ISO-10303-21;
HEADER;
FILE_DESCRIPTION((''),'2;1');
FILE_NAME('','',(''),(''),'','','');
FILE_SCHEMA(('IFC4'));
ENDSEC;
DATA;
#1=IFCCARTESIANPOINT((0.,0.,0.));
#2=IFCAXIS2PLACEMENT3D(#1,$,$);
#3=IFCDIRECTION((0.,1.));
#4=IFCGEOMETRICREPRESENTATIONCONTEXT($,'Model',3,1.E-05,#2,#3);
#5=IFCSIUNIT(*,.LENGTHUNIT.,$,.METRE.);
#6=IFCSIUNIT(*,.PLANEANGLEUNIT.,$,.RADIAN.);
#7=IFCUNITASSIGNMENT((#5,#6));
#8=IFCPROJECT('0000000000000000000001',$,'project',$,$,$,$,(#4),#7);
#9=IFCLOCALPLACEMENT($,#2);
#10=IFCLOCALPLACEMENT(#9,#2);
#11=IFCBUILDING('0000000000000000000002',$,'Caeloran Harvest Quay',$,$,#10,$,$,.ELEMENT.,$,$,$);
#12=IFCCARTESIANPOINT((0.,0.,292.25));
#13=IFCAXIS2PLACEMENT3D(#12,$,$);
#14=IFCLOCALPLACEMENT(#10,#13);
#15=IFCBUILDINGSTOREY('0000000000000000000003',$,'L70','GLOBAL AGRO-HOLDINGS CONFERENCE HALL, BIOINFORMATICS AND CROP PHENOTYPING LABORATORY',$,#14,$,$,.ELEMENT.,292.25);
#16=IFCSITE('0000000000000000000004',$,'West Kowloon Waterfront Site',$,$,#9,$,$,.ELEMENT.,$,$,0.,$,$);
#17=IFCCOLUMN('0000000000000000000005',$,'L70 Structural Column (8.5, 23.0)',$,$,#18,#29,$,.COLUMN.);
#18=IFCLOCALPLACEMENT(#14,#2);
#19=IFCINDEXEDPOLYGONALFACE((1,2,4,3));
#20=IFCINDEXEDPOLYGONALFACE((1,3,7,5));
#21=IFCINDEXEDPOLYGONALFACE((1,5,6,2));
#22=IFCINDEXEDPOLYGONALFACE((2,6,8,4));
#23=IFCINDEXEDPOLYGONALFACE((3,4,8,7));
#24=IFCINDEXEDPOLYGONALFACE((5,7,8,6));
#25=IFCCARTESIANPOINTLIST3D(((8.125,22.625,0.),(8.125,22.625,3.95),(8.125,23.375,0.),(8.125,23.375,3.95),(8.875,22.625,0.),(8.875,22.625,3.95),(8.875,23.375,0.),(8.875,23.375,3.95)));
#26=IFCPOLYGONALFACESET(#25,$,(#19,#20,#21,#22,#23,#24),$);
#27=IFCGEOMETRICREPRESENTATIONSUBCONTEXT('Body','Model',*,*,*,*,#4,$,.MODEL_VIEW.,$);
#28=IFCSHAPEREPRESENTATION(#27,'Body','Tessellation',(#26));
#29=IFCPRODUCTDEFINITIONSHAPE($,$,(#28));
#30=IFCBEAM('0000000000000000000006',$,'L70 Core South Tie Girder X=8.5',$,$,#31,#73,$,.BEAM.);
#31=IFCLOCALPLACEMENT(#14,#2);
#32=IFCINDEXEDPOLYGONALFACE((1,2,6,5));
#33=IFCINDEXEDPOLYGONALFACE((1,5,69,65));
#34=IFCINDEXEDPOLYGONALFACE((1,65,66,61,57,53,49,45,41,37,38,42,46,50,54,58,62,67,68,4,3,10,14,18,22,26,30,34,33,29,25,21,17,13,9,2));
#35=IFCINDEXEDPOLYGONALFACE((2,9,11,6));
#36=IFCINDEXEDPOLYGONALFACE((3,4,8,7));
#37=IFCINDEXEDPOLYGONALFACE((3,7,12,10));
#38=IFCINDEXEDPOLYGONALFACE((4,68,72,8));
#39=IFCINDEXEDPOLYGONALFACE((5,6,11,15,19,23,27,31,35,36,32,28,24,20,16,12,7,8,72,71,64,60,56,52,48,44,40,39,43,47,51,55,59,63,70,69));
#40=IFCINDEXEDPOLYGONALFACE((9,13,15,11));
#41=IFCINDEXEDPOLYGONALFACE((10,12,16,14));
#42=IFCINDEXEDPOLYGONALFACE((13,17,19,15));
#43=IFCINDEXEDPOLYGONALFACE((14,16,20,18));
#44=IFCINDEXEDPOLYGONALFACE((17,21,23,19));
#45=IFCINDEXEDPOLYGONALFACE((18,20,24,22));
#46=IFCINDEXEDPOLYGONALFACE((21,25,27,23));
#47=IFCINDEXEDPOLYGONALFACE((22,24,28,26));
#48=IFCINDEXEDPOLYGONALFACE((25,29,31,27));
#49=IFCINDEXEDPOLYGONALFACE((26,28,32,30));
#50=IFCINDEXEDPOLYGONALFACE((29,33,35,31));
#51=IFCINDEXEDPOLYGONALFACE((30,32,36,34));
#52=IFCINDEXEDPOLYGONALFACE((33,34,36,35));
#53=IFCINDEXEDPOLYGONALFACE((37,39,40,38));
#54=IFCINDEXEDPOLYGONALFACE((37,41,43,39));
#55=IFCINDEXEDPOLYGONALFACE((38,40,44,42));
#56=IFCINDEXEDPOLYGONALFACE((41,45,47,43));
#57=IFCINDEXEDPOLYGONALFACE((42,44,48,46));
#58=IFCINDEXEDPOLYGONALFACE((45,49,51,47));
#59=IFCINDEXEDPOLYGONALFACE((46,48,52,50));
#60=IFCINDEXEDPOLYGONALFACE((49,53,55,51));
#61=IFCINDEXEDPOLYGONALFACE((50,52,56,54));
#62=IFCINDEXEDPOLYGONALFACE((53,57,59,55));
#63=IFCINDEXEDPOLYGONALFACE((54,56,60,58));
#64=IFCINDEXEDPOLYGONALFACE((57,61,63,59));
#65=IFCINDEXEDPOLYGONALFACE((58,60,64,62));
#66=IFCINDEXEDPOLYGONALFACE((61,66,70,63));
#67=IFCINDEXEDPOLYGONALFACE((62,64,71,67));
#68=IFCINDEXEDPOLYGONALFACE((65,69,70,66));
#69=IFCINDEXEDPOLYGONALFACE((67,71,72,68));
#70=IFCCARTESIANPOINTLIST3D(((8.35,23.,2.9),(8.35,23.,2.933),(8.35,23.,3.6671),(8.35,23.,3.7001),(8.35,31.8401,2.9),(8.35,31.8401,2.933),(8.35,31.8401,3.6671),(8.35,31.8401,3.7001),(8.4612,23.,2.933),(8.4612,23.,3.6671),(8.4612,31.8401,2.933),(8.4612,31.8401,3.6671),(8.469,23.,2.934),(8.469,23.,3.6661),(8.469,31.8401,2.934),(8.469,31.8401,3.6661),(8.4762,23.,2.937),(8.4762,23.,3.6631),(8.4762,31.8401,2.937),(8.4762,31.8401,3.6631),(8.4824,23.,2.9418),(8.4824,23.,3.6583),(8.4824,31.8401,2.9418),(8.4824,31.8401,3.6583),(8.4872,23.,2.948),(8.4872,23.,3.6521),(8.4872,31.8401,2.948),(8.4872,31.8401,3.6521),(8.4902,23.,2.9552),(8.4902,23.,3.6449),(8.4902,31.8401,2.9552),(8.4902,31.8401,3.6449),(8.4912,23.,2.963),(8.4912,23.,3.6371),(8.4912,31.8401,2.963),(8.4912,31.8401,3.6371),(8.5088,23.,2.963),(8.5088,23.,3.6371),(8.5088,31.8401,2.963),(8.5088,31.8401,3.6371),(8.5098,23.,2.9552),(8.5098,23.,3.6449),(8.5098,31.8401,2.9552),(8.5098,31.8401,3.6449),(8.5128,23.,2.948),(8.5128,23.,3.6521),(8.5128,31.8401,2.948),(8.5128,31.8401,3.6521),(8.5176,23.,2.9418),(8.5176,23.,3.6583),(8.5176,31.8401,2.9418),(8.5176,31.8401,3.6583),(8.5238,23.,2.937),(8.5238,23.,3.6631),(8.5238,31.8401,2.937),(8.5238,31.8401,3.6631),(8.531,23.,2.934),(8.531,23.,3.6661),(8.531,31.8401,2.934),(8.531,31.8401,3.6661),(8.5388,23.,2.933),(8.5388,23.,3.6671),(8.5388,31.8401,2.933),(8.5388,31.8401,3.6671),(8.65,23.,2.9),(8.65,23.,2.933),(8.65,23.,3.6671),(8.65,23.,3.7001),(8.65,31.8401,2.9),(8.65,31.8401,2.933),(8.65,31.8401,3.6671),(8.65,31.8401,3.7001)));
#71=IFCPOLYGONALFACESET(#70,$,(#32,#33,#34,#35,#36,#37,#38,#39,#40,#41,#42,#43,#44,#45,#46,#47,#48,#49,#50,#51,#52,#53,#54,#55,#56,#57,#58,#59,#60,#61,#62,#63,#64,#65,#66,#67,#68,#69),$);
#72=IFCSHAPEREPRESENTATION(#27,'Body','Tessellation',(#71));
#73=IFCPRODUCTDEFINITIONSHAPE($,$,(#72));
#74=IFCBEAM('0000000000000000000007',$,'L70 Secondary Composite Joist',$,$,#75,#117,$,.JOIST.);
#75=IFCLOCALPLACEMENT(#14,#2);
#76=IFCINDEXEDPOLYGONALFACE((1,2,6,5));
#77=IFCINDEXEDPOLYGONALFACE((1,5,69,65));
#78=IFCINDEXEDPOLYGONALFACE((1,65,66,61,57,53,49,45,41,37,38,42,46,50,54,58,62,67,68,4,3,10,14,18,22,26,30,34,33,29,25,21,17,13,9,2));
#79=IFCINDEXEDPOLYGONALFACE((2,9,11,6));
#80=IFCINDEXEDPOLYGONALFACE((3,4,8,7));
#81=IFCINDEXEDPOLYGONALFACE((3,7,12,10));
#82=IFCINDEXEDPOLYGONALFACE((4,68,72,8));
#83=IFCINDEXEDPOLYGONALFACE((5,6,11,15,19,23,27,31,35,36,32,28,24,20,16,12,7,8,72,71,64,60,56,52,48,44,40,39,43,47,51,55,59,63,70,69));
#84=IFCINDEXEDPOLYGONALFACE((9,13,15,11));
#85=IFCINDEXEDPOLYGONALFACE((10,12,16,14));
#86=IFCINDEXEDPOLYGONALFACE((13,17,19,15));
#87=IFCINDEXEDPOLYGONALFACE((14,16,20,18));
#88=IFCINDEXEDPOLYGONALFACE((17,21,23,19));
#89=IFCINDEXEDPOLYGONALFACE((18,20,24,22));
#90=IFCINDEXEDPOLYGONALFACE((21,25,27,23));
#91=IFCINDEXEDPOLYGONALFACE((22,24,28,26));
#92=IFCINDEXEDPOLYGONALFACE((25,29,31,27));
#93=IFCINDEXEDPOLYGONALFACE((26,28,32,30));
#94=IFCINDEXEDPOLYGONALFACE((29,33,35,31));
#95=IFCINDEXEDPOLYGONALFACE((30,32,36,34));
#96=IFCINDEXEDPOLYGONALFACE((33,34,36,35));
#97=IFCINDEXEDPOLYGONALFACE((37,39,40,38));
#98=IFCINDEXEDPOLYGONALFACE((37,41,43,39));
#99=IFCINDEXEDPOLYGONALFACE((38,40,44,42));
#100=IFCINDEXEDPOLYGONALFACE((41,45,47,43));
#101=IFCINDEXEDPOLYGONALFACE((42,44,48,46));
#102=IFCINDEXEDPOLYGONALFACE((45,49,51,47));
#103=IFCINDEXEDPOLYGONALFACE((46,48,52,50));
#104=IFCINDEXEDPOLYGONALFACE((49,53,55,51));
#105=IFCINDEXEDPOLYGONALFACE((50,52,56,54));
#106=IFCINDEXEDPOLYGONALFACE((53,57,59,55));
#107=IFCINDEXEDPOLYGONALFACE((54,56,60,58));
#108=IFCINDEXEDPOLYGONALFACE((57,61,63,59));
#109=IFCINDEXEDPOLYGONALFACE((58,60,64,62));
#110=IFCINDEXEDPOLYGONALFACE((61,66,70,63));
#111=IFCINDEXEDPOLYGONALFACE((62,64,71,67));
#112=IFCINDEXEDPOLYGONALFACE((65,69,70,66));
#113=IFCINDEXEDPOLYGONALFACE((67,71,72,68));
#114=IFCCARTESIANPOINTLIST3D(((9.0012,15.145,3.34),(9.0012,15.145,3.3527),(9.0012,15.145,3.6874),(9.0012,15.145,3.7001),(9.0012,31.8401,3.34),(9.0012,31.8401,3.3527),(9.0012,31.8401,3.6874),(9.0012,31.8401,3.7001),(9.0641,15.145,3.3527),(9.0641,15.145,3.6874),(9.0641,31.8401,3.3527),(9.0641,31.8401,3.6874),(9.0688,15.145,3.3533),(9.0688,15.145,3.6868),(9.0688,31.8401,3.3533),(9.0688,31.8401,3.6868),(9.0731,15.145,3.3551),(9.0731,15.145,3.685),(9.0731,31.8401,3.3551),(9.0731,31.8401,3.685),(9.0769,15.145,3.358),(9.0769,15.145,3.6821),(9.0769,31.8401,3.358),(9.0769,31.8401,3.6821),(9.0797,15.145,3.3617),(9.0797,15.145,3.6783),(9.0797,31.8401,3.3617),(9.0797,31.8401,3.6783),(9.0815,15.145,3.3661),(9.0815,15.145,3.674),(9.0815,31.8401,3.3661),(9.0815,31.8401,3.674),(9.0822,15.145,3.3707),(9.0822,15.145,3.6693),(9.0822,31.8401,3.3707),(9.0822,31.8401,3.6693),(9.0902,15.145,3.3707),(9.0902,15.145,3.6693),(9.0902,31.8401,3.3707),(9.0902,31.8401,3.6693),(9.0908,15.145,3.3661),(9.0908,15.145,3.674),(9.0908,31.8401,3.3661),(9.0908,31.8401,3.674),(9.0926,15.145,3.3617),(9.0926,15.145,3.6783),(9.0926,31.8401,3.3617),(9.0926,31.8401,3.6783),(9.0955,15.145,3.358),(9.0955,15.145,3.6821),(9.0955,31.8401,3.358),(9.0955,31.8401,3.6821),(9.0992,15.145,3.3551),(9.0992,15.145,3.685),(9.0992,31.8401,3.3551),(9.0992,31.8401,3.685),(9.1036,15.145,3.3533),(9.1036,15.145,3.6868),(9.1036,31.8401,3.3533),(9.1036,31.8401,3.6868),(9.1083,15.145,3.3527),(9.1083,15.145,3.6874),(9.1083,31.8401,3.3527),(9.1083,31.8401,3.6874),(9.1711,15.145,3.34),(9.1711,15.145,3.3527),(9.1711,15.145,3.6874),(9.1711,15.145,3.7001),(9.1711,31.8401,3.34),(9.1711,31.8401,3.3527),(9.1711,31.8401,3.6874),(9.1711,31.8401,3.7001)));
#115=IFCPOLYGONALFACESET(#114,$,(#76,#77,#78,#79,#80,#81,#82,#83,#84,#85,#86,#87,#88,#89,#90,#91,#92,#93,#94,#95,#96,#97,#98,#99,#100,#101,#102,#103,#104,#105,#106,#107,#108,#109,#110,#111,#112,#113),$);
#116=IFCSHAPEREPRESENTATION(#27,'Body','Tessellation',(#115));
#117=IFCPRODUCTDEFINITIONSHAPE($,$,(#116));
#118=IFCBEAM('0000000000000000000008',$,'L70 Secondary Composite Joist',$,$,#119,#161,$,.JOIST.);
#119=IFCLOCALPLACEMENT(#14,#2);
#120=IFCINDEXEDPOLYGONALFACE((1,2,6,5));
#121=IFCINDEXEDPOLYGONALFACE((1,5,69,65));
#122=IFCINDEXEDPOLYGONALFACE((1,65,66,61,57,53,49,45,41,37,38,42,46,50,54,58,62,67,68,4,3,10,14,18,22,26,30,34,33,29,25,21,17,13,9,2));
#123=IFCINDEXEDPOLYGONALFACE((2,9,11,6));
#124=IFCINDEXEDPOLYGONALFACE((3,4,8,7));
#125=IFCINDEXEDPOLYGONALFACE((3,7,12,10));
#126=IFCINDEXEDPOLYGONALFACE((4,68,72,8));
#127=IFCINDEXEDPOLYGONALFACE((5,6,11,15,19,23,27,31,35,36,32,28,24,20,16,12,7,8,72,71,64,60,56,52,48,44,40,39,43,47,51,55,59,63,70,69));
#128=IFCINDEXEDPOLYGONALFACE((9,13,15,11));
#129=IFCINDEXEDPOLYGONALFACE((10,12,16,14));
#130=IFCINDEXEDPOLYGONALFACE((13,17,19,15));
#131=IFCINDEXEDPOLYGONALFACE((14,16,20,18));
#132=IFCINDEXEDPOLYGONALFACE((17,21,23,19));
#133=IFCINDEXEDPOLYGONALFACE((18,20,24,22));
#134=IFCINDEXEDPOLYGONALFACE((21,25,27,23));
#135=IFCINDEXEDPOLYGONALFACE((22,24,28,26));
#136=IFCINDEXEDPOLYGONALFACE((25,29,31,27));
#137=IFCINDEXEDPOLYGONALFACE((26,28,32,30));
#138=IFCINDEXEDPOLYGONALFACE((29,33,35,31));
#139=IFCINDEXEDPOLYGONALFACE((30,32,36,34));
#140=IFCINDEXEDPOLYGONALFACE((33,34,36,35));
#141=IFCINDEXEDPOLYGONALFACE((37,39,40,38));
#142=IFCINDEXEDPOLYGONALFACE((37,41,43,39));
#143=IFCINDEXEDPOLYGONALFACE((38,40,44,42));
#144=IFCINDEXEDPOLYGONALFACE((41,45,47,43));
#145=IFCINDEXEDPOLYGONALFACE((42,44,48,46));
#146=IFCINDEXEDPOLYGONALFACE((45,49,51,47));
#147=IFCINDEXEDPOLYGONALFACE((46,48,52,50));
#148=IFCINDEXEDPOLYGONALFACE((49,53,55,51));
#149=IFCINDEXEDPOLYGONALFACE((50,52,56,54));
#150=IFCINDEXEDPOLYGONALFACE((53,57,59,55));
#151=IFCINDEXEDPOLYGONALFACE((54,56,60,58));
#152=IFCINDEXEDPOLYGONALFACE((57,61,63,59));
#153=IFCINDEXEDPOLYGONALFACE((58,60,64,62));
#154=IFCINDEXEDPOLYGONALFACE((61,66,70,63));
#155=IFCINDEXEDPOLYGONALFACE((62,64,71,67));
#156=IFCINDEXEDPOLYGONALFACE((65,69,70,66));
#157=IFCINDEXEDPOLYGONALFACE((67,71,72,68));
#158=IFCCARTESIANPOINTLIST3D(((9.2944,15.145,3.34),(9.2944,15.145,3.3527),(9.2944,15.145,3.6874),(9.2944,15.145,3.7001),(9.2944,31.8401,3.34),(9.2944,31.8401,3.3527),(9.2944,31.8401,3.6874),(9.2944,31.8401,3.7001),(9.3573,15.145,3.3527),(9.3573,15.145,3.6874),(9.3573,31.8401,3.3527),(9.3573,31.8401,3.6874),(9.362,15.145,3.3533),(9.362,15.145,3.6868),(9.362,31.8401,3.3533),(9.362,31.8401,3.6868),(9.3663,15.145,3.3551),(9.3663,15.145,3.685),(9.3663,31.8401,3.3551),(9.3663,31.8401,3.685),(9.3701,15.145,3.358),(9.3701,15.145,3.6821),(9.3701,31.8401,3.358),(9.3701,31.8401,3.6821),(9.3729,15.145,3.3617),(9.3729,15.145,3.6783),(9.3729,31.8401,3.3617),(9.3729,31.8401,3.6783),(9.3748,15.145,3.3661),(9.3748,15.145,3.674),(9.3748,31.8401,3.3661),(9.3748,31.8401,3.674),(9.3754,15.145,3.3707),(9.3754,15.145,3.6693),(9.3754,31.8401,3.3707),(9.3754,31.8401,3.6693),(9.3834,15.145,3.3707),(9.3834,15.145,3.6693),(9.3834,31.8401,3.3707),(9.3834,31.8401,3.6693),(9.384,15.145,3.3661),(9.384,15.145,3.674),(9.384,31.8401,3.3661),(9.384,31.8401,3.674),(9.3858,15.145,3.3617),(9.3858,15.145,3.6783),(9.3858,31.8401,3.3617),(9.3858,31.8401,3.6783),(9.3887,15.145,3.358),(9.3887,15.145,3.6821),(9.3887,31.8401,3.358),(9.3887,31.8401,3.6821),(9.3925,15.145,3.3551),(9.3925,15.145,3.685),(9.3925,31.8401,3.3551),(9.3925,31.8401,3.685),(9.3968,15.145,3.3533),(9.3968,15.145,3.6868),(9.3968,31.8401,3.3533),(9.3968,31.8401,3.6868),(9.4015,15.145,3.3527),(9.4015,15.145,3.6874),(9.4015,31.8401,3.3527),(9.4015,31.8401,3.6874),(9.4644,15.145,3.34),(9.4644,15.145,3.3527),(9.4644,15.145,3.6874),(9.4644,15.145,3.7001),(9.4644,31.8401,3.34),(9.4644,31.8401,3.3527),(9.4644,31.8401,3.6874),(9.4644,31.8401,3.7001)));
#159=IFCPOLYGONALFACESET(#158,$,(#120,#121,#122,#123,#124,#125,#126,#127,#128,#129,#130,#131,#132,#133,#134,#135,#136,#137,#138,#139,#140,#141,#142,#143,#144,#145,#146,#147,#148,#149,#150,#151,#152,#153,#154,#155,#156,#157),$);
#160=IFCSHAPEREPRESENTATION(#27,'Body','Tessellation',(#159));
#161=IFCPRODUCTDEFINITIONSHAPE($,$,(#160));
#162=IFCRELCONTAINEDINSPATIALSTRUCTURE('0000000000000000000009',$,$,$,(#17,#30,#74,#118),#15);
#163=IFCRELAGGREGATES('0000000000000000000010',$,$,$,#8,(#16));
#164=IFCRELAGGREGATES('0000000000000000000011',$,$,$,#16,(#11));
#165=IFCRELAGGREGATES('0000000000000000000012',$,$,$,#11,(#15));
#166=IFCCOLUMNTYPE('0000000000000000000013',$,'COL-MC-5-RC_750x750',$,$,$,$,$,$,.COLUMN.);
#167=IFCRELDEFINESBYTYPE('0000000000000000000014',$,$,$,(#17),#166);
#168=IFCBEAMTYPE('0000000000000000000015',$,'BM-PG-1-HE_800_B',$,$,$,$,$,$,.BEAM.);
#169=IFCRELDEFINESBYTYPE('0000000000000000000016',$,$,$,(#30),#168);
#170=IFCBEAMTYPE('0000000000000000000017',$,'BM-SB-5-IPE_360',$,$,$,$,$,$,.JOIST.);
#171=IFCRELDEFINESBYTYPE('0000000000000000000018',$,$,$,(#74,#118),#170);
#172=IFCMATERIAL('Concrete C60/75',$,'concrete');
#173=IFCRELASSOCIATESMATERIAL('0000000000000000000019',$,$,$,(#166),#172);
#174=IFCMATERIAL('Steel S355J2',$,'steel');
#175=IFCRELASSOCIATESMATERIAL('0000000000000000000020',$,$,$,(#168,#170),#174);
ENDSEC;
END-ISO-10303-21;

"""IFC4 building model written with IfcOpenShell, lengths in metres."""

from ifc_helpers import new_model, si_unit, direction, frame, origin, origin_2d, place, context, subcontext, project, spatial, rectangle, i_section, extrude, material, material_profile, profile_set, type_object, element, save


model = new_model("IFC4")

# Units and contexts
model_context = context("Model", 3, precision=1e-05, world=origin(), true_north=direction((0.0, 1.0)))
body_context = subcontext(model_context, "Body", "Model", "MODEL_VIEW")
ifc_project = project(units=[si_unit("LENGTHUNIT", "METRE"), si_unit("PLANEANGLEUNIT", "RADIAN")], contexts=[model_context])

# Site, building, storey
site_placement = place(None, origin())
site = spatial("IfcSite", under=ifc_project, at=site_placement, Name="West Kowloon Waterfront Site", CompositionType="ELEMENT", RefElevation=0.0)
building_placement = place(site_placement, origin())
building = spatial("IfcBuilding", under=site, at=building_placement, Name="Caeloran Harvest Quay", CompositionType="ELEMENT")
storey_placement = place(building_placement, frame((0.0, 0.0, 292.25)))
storey = spatial("IfcBuildingStorey", under=building, at=storey_placement, Name="L70", Description="GLOBAL AGRO-HOLDINGS CONFERENCE HALL, BIOINFORMATICS AND CROP PHENOTYPING LABORATORY", CompositionType="ELEMENT", Elevation=292.25)

# Column
ifc_material_1 = material(Name="Concrete C60/75", Category="concrete")
ifc_material_profile_1 = material_profile(ifc_material_1, rectangle(XDim=0.75, YDim=0.75, at=origin_2d()), Name="RC 750x750")
ifc_profile_set_1 = profile_set([ifc_material_profile_1], Name="Concrete C60/75")
column_type = type_object("IfcColumnType", Name="COL-MC-5-RC_750x750", PredefinedType="COLUMN", material=ifc_profile_set_1)
column_placement = place(storey_placement, frame((8.5, 23.0, 0.0), z_axis=(0.0, 0.0, 1.0), x_axis=(1.0, 0.0, 0.0)))
element("IfcColumn", 1, at=column_placement, inside=storey, type_object=column_type, Name="L70 Structural Column (8.5, 23.0)", PredefinedType="COLUMN", context=body_context, shape_type="SweptSolid", body=[
    extrude(rectangle(XDim=0.75, YDim=0.75, at=origin_2d()), origin(), (0.0, 0.0, 1.0), 3.95),
])

# Beams
ifc_material_2 = material(Name="Steel S355J2", Category="steel")
ifc_material_profile_2 = material_profile(ifc_material_2, i_section(OverallWidth=0.3, OverallDepth=0.8, WebThickness=0.0176, FlangeThickness=0.033, FilletRadius=0.03, at=origin_2d()), Name="HE 800 B")
ifc_profile_set_2 = profile_set([ifc_material_profile_2], Name="Steel S355J2")
beam_type_1 = type_object("IfcBeamType", Name="BM-PG-1-HE_800_B", PredefinedType="BEAM", material=ifc_profile_set_2)
beam_placement = place(storey_placement, frame((8.5, 23.0, 3.3), z_axis=(0.0, 1.0, 0.0), x_axis=(-1.0, 0.0, 0.0)))
element("IfcBeam", 2, at=beam_placement, inside=storey, type_object=beam_type_1, Name="L70 Core South Tie Girder X=8.5", PredefinedType="BEAM", context=body_context, shape_type="SweptSolid", body=[
    extrude(i_section(OverallWidth=0.3, OverallDepth=0.8, WebThickness=0.0176, FlangeThickness=0.033, FilletRadius=0.03, at=origin_2d()), origin(), (0.0, 0.0, 1.0), 8.8401),
])
ifc_material_profile_3 = material_profile(ifc_material_2, i_section(OverallWidth=0.1699, OverallDepth=0.3601, WebThickness=0.0081, FlangeThickness=0.0127, FilletRadius=0.0181, at=origin_2d()), Name="IPE 360")
ifc_profile_set_3 = profile_set([ifc_material_profile_3], Name="Steel S355J2")
beam_type_2 = type_object("IfcBeamType", Name="BM-SB-5-IPE_360", PredefinedType="JOIST", material=ifc_profile_set_3)
for number, where, z_axis, x_axis, name in (
    (3, (9.0862, 15.145, 3.52), (0.0, 1.0, 0.0), (-1.0, 0.0, 0.0), "L70 Secondary Composite Joist"),
    (4, (9.3794, 15.145, 3.52), (0.0, 1.0, 0.0), (-1.0, 0.0, 0.0), "L70 Secondary Composite Joist"),
):
    element("IfcBeam", number, at=place(storey_placement, frame(where, z_axis=z_axis, x_axis=x_axis)), inside=storey, type_object=beam_type_2, Name=name, PredefinedType="JOIST", context=body_context, shape_type="SweptSolid", body=[
        extrude(i_section(OverallWidth=0.1699, OverallDepth=0.3601, WebThickness=0.0081, FlangeThickness=0.0127, FilletRadius=0.0181, at=origin_2d()), origin(), (0.0, 0.0, 1.0), 16.6951),
    ])

save(model, "model.ifc")
